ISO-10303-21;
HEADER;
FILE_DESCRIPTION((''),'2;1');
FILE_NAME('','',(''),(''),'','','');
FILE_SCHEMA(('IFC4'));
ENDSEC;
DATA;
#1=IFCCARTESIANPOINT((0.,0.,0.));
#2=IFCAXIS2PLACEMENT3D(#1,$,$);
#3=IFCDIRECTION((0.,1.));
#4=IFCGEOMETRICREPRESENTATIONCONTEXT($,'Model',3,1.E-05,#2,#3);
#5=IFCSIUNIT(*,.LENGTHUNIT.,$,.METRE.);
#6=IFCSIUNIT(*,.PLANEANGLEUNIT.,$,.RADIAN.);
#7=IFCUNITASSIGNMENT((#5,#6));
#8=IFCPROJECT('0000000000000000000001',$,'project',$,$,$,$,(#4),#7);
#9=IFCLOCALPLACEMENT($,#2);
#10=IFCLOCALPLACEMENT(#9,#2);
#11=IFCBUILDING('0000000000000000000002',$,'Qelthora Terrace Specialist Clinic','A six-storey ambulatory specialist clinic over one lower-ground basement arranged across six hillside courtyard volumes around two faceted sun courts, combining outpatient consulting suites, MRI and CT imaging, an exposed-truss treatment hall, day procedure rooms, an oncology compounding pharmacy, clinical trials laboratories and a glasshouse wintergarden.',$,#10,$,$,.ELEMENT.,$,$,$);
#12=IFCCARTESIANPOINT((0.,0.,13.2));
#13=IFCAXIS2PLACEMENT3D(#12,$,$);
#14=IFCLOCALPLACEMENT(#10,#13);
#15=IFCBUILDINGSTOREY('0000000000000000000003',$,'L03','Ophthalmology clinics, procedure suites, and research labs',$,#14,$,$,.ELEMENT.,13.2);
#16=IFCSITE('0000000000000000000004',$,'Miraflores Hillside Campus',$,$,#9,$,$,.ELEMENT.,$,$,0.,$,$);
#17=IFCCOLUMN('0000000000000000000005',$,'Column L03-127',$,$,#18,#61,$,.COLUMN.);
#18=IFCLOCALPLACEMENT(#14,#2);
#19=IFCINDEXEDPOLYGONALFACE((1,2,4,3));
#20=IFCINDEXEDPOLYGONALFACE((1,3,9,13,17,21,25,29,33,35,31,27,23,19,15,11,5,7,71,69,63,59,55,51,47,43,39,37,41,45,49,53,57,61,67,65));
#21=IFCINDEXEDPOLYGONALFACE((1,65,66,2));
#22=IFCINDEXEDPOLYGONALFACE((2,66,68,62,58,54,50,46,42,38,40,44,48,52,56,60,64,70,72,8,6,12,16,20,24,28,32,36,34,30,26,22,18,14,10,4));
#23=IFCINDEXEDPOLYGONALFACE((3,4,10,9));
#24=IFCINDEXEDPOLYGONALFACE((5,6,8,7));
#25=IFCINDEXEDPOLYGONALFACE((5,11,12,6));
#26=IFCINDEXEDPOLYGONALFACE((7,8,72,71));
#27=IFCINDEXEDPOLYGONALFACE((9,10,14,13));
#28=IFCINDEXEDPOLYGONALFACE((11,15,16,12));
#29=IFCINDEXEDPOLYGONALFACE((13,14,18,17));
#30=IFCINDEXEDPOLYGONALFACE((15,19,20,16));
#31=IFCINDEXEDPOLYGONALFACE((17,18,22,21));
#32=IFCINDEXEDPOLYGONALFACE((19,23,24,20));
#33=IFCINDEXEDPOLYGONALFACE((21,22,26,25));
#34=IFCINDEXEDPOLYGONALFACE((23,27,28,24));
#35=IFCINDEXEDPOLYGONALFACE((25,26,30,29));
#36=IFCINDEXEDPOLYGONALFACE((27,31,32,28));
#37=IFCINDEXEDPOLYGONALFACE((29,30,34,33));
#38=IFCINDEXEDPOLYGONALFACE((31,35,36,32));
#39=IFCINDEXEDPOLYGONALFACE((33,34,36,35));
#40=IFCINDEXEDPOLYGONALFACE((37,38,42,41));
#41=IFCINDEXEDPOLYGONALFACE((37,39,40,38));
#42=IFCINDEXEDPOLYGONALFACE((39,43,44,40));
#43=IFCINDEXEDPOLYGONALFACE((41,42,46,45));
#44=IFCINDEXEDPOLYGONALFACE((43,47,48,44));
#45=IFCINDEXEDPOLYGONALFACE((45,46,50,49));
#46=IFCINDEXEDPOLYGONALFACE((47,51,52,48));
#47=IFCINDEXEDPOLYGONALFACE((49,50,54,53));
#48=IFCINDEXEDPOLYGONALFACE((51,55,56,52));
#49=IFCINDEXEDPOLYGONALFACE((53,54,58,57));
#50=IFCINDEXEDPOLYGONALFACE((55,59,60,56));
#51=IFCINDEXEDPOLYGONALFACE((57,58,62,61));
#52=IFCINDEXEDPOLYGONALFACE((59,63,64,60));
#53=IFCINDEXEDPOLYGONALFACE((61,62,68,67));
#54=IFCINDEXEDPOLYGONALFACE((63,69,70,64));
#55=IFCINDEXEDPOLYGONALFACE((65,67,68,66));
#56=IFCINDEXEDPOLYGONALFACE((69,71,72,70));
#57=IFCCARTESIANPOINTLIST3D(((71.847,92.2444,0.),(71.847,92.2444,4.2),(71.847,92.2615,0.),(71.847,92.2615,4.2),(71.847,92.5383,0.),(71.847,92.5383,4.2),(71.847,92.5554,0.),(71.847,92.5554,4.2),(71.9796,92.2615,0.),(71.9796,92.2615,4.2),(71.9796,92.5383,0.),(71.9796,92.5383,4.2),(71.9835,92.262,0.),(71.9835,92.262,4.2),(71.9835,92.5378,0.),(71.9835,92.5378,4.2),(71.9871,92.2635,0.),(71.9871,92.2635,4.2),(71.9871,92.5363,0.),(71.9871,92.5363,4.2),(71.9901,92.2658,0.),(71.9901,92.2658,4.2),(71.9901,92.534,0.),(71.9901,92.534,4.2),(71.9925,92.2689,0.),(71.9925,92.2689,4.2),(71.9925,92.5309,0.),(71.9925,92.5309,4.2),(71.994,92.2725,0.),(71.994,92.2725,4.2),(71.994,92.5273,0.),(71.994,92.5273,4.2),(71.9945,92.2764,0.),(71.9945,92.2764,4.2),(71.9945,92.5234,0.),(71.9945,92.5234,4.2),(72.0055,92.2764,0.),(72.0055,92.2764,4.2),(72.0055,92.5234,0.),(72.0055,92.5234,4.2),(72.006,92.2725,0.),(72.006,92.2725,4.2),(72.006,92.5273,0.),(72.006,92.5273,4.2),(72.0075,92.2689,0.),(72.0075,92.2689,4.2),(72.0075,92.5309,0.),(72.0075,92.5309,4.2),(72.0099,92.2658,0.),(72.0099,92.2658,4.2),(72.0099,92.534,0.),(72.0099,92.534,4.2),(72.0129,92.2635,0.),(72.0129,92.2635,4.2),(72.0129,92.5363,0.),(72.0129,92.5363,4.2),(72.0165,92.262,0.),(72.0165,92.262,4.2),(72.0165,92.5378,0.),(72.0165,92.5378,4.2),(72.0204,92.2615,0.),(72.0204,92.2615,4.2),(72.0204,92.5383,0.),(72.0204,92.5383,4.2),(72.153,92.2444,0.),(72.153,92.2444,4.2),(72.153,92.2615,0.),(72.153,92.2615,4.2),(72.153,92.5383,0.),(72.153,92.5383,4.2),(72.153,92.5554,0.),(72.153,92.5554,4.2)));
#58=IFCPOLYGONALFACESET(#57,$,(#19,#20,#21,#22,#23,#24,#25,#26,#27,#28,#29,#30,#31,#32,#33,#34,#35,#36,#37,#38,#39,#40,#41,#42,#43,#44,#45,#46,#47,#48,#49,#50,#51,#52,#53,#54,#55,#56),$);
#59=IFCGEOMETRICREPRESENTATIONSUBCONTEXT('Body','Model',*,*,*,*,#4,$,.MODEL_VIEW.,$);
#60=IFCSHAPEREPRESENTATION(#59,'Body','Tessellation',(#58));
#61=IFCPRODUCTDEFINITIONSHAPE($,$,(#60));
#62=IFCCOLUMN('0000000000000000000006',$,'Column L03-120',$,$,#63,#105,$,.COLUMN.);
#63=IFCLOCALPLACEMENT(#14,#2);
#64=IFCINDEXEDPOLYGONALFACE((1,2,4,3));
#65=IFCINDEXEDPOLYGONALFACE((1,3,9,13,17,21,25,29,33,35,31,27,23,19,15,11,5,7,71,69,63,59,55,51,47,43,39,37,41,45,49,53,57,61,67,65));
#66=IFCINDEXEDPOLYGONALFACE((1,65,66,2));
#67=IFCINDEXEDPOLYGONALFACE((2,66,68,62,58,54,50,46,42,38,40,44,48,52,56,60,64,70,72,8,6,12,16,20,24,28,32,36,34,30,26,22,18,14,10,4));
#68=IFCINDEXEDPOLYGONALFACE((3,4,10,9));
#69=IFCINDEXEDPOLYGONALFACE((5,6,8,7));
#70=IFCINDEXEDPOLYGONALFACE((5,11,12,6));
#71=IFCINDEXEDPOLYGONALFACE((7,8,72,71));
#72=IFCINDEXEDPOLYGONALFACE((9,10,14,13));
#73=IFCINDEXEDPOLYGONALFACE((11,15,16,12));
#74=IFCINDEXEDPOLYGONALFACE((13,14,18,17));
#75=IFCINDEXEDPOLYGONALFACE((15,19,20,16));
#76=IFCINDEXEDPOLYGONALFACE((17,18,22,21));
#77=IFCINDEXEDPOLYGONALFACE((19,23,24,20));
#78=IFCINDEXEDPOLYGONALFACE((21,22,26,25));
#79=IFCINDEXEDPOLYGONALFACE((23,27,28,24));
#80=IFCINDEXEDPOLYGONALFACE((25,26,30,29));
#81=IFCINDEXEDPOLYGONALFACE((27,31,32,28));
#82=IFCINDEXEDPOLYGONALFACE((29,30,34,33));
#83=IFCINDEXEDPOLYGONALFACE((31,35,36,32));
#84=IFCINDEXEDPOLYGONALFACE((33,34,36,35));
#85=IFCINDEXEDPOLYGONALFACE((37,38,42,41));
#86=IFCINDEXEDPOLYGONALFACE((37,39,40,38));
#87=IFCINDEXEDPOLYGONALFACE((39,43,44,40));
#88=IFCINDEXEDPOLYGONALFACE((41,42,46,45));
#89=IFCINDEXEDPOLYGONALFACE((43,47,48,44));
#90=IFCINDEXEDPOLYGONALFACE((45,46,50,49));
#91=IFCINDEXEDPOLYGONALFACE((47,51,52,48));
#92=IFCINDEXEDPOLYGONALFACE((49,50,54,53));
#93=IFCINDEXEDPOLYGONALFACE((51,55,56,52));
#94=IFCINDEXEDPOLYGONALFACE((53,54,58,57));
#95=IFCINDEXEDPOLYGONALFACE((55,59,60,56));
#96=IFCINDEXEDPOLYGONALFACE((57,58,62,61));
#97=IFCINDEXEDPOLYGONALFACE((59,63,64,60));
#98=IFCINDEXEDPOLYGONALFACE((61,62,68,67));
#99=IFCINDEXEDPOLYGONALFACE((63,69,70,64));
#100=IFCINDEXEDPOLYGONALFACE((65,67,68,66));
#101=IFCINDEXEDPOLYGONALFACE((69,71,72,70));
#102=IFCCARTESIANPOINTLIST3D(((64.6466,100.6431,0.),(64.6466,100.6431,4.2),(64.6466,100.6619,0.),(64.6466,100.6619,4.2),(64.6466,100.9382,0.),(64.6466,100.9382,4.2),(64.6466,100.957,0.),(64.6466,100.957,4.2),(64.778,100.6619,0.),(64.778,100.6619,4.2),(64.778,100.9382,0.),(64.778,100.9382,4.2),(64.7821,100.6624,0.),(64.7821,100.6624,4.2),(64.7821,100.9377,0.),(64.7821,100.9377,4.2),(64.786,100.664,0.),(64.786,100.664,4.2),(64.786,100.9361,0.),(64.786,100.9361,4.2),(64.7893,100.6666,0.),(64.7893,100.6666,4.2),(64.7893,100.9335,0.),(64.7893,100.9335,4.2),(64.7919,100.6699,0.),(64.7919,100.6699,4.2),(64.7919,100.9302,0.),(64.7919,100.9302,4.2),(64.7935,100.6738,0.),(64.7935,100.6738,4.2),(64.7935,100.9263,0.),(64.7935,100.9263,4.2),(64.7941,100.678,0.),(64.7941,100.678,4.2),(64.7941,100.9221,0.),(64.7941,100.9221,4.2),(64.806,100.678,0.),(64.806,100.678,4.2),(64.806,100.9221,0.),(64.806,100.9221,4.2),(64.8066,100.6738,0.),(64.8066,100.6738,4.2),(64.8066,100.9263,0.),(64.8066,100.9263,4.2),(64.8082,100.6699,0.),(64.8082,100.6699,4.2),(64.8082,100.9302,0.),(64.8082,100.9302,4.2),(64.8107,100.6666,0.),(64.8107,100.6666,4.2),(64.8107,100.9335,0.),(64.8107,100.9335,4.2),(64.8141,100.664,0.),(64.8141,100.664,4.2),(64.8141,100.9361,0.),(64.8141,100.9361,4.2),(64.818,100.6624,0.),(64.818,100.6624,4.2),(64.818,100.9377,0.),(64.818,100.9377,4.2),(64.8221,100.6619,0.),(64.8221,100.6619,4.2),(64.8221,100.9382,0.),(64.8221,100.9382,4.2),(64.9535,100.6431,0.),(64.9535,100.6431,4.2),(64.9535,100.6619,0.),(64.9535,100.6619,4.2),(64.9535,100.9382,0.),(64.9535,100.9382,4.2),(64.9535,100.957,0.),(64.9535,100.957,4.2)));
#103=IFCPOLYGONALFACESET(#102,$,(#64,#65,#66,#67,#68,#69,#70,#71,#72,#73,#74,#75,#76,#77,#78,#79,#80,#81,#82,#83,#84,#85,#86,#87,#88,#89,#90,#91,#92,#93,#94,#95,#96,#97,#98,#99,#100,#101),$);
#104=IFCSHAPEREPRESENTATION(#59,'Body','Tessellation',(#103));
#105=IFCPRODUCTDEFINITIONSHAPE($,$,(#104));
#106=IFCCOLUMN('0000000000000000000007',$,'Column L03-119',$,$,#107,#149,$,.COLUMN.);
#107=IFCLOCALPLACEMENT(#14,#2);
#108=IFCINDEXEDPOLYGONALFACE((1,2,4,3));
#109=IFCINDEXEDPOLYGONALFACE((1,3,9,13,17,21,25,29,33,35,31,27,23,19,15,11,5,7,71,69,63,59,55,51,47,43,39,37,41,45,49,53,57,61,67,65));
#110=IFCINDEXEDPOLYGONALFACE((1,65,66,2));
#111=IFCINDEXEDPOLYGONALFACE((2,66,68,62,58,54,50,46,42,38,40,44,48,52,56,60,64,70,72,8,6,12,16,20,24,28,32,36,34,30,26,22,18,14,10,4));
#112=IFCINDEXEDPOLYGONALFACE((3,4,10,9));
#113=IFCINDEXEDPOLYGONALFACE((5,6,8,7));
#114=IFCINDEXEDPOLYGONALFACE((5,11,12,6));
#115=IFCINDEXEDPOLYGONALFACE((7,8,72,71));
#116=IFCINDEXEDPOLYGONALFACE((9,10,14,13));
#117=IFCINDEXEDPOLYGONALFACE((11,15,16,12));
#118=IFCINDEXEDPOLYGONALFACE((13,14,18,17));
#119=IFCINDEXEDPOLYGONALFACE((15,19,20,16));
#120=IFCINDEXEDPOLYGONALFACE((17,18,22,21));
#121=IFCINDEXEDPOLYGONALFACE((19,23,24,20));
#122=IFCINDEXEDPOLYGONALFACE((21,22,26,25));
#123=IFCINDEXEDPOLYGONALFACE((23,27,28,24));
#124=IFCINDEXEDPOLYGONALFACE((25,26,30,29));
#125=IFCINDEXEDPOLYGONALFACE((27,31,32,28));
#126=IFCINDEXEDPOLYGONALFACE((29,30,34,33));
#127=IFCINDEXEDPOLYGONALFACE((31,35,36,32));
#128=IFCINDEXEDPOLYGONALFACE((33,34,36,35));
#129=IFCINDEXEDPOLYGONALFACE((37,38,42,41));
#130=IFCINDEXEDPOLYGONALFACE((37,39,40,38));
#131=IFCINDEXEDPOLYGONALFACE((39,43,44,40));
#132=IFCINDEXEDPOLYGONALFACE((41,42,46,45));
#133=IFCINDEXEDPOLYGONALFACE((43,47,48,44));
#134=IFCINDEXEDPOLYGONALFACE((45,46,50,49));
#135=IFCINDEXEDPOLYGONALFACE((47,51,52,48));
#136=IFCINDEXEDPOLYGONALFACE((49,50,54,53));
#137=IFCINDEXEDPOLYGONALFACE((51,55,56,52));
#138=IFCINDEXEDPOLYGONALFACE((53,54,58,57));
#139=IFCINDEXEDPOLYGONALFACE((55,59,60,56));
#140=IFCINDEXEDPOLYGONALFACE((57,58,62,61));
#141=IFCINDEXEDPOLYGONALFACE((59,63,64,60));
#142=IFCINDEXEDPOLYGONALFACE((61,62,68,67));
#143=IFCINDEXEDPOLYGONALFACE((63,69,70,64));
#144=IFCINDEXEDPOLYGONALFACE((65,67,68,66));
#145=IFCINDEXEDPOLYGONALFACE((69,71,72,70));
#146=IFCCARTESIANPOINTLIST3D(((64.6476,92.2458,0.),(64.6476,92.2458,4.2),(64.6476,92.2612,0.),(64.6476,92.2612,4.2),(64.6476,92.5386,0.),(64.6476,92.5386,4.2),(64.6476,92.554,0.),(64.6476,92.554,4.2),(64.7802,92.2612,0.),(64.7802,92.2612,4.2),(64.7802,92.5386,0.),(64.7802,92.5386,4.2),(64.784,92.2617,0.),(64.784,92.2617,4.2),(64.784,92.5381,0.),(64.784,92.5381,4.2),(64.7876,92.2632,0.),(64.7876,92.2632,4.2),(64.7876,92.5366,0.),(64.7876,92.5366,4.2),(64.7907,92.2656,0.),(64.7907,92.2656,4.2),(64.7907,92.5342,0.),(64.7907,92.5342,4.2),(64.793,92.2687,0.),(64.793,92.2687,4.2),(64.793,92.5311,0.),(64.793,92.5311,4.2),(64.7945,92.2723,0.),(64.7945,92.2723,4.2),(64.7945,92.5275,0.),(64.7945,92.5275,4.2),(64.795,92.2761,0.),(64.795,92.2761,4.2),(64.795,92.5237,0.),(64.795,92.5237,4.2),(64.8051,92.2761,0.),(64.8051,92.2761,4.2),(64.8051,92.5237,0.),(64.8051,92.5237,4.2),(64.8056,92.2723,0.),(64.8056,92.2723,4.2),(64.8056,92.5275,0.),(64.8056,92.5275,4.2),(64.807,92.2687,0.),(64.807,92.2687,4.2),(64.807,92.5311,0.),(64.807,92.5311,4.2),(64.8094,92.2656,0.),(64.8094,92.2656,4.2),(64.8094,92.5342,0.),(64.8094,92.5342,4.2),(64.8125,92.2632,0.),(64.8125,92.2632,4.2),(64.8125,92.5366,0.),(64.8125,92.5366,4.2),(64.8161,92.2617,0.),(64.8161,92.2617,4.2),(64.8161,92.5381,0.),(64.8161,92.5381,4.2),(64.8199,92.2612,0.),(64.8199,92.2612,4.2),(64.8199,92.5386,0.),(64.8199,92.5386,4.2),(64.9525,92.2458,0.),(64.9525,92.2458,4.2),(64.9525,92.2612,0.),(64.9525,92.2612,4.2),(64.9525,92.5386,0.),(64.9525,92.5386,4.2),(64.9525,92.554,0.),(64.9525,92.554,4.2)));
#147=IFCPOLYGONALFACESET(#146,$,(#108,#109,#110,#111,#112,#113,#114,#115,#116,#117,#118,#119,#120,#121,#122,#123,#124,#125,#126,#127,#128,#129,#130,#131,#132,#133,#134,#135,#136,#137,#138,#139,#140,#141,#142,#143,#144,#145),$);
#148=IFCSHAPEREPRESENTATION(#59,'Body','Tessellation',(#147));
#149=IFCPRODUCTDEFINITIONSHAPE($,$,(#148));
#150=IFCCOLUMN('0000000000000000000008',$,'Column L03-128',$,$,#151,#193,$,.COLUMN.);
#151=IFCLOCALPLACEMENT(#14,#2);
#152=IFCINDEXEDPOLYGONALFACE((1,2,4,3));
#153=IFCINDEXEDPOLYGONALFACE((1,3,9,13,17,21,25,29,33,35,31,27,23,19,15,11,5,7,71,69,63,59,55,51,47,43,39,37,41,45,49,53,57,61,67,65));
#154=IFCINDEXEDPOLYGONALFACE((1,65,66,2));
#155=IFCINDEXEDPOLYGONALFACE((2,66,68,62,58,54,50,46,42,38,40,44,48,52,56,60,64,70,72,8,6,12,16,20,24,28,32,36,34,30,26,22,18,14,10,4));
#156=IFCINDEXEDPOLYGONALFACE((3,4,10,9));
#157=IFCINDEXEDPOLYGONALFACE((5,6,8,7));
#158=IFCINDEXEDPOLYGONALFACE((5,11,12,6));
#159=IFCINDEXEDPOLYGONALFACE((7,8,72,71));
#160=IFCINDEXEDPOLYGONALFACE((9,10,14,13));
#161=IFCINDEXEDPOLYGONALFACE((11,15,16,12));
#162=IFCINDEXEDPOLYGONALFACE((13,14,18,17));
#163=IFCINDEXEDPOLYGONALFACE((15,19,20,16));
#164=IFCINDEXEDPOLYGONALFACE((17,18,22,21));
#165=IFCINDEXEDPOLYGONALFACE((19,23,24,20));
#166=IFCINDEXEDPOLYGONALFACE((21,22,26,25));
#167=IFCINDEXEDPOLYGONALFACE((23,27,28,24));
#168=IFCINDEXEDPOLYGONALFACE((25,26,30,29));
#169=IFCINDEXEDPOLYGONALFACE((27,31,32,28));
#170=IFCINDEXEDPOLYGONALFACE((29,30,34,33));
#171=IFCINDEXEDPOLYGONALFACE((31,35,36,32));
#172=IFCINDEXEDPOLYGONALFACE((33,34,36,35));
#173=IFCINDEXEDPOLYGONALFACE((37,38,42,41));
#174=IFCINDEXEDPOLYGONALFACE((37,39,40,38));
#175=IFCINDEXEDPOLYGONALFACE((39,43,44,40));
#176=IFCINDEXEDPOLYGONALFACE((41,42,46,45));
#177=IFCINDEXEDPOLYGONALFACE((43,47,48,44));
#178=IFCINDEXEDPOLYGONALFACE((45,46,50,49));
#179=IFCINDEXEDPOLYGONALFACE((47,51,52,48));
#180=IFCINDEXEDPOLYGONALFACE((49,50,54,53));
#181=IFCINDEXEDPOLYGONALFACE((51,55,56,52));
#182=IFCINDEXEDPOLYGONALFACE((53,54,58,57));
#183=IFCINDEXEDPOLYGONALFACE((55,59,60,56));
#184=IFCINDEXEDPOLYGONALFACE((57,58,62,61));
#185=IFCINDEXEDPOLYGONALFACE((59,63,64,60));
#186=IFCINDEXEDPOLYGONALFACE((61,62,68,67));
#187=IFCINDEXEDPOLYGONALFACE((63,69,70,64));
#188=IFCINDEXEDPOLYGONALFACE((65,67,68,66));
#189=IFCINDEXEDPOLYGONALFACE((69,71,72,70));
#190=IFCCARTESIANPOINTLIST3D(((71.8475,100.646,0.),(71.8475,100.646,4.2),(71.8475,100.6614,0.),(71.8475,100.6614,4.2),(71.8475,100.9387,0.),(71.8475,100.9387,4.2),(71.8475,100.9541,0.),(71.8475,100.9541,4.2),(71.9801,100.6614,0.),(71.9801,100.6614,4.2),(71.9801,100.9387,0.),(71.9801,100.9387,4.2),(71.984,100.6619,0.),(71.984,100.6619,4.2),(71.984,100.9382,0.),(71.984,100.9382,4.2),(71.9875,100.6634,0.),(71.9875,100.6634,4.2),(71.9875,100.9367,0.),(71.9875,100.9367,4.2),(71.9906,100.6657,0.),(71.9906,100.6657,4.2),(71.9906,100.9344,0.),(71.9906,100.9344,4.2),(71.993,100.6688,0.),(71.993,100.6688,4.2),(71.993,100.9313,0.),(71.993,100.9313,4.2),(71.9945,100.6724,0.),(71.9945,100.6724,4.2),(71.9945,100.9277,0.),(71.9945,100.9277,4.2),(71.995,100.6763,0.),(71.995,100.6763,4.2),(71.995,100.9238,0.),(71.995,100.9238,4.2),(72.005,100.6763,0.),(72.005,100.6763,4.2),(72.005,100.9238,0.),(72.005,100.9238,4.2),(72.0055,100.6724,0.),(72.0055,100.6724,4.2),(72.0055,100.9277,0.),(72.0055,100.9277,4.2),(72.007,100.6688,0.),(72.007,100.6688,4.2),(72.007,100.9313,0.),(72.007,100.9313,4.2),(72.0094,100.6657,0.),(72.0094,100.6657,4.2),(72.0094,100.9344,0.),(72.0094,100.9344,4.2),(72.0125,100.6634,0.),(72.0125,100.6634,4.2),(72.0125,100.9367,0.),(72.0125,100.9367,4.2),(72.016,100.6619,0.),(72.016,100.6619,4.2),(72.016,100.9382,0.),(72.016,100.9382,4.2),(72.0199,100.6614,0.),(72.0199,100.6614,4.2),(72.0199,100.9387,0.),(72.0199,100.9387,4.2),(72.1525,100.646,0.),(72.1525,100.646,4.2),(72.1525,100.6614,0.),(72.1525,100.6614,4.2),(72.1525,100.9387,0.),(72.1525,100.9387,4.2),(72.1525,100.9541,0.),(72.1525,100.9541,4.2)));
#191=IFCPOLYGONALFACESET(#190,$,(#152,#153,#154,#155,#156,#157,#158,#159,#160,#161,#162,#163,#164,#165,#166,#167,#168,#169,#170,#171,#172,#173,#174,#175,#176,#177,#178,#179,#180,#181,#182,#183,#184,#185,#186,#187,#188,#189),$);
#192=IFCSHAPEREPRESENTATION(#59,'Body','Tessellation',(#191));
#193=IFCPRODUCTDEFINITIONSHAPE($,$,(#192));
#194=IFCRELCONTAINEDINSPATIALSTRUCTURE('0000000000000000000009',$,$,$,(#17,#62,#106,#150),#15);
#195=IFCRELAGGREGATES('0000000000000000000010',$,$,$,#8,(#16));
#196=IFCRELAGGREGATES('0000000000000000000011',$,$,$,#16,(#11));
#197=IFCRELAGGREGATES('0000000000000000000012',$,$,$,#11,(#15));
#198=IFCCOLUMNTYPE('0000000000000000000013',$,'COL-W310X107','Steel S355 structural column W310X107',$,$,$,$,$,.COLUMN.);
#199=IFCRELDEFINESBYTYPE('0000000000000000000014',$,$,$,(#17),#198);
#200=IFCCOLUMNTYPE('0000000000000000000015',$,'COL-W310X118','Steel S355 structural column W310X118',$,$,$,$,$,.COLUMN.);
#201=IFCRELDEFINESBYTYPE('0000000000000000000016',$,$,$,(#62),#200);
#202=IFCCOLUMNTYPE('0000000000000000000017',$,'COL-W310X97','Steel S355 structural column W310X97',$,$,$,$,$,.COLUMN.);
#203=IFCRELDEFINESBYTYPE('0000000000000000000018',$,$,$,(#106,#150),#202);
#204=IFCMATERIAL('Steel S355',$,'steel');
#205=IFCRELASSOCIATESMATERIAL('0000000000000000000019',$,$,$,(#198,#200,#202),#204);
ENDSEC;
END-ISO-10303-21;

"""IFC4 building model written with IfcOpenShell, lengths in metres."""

from ifc_helpers import new_model, si_unit, direction, frame, origin, origin_2d, place, context, subcontext, project, spatial, i_section, extrude, material, material_profile, profile_set, type_object, element, save


model = new_model("IFC4")

# Units and contexts
model_context = context("Model", 3, precision=1e-05, world=origin(), true_north=direction((0.0, 1.0)))
body_context = subcontext(model_context, "Body", "Model", "MODEL_VIEW")
ifc_project = project(units=[si_unit("LENGTHUNIT", "METRE"), si_unit("PLANEANGLEUNIT", "RADIAN")], contexts=[model_context])

# Site, building, storey
site_placement = place(None, origin())
site = spatial("IfcSite", under=ifc_project, at=site_placement, Name="Miraflores Hillside Campus", CompositionType="ELEMENT", RefElevation=0.0)
building_placement = place(site_placement, origin())
building = spatial("IfcBuilding", under=site, at=building_placement, Name="Qelthora Terrace Specialist Clinic", Description="A six-storey ambulatory specialist clinic over one lower-ground basement arranged across six hillside courtyard volumes around two faceted sun courts, combining outpatient consulting suites, MRI and CT imaging, an exposed-truss treatment hall, day procedure rooms, an oncology compounding pharmacy, clinical trials laboratories and a glasshouse wintergarden.", CompositionType="ELEMENT")
storey_placement = place(building_placement, frame((0.0, 0.0, 13.2)))
storey = spatial("IfcBuildingStorey", under=building, at=storey_placement, Name="L03", Description="Ophthalmology clinics, procedure suites, and research labs", CompositionType="ELEMENT", Elevation=13.2)

# Columns
ifc_material_1 = material(Name="Steel S355", Category="steel")
ifc_material_profile_1 = material_profile(ifc_material_1, i_section(OverallWidth=0.3059, OverallDepth=0.311, WebThickness=0.011, FlangeThickness=0.0171, FilletRadius=0.0149, at=origin_2d()), Name="W310X107")
ifc_profile_set_1 = profile_set([ifc_material_profile_1], Name="Steel S355")
column_type_1 = type_object("IfcColumnType", Name="COL-W310X107", Description="Steel S355 structural column W310X107", PredefinedType="COLUMN", material=ifc_profile_set_1)
column_1_placement = place(storey_placement, frame((72.0, 92.3999, 0.0), z_axis=(0.0, 0.0, 1.0), x_axis=(1.0, 0.0, 0.0)))
element("IfcColumn", 1, at=column_1_placement, inside=storey, type_object=column_type_1, Name="Column L03-127", PredefinedType="COLUMN", context=body_context, shape_type="SweptSolid", body=[
    extrude(i_section(OverallWidth=0.3059, OverallDepth=0.311, WebThickness=0.011, FlangeThickness=0.0171, FilletRadius=0.0149, at=origin_2d()), origin(), (0.0, 0.0, 1.0), 4.2),
])
ifc_material_profile_2 = material_profile(ifc_material_1, i_section(OverallWidth=0.3069, OverallDepth=0.314, WebThickness=0.012, FlangeThickness=0.0188, FilletRadius=0.0161, at=origin_2d()), Name="W310X118")
ifc_profile_set_2 = profile_set([ifc_material_profile_2], Name="Steel S355")
column_type_2 = type_object("IfcColumnType", Name="COL-W310X118", Description="Steel S355 structural column W310X118", PredefinedType="COLUMN", material=ifc_profile_set_2)
column_2_placement = place(storey_placement, frame((64.8, 100.8, 0.0), z_axis=(0.0, 0.0, 1.0), x_axis=(1.0, 0.0, 0.0)))
element("IfcColumn", 2, at=column_2_placement, inside=storey, type_object=column_type_2, Name="Column L03-120", PredefinedType="COLUMN", context=body_context, shape_type="SweptSolid", body=[
    extrude(i_section(OverallWidth=0.3069, OverallDepth=0.314, WebThickness=0.012, FlangeThickness=0.0188, FilletRadius=0.0161, at=origin_2d()), origin(), (0.0, 0.0, 1.0), 4.2),
])
ifc_material_profile_3 = material_profile(ifc_material_1, i_section(OverallWidth=0.3049, OverallDepth=0.3081, WebThickness=0.01, FlangeThickness=0.0154, FilletRadius=0.0149, at=origin_2d()), Name="W310X97")
ifc_profile_set_3 = profile_set([ifc_material_profile_3], Name="Steel S355")
column_type_3 = type_object("IfcColumnType", Name="COL-W310X97", Description="Steel S355 structural column W310X97", PredefinedType="COLUMN", material=ifc_profile_set_3)
for number, where, z_axis, x_axis, name in (
    (3, (64.8, 92.3999, 0.0), (0.0, 0.0, 1.0), (1.0, 0.0, 0.0), "Column L03-119"),
    (4, (72.0, 100.8, 0.0), (0.0, 0.0, 1.0), (1.0, 0.0, 0.0), "Column L03-128"),
):
    element("IfcColumn", number, at=place(storey_placement, frame(where, z_axis=z_axis, x_axis=x_axis)), inside=storey, type_object=column_type_3, Name=name, PredefinedType="COLUMN", context=body_context, shape_type="SweptSolid", body=[
        extrude(i_section(OverallWidth=0.3049, OverallDepth=0.3081, WebThickness=0.01, FlangeThickness=0.0154, FilletRadius=0.0149, at=origin_2d()), origin(), (0.0, 0.0, 1.0), 4.2),
    ])

save(model, "model.ifc")
